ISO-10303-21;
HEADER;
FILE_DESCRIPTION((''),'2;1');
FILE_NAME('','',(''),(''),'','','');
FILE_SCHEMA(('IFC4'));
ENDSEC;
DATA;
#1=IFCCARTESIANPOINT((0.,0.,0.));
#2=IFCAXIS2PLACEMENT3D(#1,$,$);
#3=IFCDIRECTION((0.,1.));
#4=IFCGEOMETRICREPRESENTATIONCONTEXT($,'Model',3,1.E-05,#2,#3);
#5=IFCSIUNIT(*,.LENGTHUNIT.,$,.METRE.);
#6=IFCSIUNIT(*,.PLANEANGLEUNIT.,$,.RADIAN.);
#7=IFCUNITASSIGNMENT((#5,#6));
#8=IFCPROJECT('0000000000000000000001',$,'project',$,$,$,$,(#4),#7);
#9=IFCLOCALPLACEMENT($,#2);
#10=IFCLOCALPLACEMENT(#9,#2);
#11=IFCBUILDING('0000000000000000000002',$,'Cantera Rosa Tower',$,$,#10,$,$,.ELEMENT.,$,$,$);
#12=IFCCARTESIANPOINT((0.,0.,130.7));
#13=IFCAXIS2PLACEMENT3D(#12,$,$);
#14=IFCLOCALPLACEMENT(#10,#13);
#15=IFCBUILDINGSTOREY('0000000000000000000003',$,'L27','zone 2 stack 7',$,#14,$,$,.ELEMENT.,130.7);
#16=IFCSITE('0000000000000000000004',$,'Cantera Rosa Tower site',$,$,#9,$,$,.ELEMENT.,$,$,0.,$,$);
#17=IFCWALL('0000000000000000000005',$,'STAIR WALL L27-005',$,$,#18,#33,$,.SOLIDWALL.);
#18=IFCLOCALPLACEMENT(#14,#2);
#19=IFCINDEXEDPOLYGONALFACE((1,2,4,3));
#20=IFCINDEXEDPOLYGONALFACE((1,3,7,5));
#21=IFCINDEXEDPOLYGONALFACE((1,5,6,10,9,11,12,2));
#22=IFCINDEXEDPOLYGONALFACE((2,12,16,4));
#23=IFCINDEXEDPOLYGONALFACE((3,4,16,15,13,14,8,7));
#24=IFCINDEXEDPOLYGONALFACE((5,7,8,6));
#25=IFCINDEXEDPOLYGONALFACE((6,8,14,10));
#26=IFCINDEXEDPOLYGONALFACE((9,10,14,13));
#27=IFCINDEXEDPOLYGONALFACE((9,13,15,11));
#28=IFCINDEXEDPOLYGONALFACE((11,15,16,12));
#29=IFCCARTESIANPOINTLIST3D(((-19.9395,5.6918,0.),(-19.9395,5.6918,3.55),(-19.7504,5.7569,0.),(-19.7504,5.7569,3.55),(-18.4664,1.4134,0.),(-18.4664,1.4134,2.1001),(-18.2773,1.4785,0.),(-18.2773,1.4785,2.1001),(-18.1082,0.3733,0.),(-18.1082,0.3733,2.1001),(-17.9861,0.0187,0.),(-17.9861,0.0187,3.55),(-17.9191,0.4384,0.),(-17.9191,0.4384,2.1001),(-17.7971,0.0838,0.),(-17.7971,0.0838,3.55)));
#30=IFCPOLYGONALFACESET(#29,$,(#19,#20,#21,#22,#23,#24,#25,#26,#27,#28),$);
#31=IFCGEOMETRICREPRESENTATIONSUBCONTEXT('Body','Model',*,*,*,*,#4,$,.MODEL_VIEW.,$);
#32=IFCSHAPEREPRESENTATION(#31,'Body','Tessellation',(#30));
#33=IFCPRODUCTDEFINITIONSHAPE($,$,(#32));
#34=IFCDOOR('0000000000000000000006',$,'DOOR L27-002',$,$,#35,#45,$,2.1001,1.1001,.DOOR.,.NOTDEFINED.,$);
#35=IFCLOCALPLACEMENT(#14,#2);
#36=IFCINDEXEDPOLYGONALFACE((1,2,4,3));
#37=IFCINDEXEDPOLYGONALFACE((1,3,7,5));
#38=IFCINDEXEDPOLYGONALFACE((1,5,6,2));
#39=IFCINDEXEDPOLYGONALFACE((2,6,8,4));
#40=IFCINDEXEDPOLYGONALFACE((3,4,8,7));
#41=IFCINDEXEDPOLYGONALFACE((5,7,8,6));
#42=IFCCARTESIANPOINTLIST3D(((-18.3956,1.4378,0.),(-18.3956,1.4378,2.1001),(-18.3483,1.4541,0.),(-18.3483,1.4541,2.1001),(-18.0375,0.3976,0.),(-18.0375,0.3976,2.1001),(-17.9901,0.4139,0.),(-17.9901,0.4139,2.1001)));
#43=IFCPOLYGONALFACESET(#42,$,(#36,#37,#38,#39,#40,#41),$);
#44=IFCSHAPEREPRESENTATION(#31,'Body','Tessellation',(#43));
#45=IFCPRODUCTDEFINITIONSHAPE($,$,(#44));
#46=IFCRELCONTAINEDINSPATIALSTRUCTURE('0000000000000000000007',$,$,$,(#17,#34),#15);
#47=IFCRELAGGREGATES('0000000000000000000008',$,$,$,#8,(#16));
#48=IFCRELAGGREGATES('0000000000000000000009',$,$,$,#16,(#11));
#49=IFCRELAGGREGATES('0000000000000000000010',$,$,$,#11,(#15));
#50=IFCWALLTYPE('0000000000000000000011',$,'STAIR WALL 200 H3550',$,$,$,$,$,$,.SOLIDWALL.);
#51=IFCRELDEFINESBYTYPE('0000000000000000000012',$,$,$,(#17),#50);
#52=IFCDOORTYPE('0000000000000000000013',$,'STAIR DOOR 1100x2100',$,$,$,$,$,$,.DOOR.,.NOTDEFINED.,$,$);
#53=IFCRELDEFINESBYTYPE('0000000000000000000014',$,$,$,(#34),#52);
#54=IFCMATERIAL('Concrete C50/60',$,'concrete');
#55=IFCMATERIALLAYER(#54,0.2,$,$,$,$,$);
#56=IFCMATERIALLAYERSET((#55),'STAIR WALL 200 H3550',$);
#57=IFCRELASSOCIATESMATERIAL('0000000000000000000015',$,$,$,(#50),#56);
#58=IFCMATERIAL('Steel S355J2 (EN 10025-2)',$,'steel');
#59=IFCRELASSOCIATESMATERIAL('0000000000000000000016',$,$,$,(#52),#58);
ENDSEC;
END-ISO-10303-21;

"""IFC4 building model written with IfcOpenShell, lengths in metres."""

from ifc_helpers import new_model, si_unit, direction, frame, frame_2d, origin, place, context, subcontext, project, spatial, rectangle, extrude, material, layer, layer_set, type_object, element, fill, save


model = new_model("IFC4")

# Units and contexts
model_context = context("Model", 3, precision=1e-05, world=origin(), true_north=direction((0.0, 1.0)))
body_context = subcontext(model_context, "Body", "Model", "MODEL_VIEW")
ifc_project = project(units=[si_unit("LENGTHUNIT", "METRE"), si_unit("PLANEANGLEUNIT", "RADIAN")], contexts=[model_context])

# Site, building, storey
site_placement = place(None, origin())
site = spatial("IfcSite", under=ifc_project, at=site_placement, Name="Cantera Rosa Tower site", CompositionType="ELEMENT", RefElevation=0.0)
building_placement = place(site_placement, origin())
building = spatial("IfcBuilding", under=site, at=building_placement, Name="Cantera Rosa Tower", CompositionType="ELEMENT")
storey_placement = place(building_placement, frame((0.0, 0.0, 130.7)))
storey = spatial("IfcBuildingStorey", under=building, at=storey_placement, Name="L27", Description="zone 2 stack 7", CompositionType="ELEMENT", Elevation=130.7)

# Wall, opening, door
ifc_material_1 = material(Name="Concrete C50/60", Category="concrete")
ifc_layer_1 = layer(ifc_material_1, 0.2)
ifc_layer_set_1 = layer_set([ifc_layer_1], Name="STAIR WALL 200 H3550")
wall_type_1 = type_object("IfcWallType", Name="STAIR WALL 200 H3550", PredefinedType="SOLIDWALL", material=ifc_layer_set_1)
wall_1_placement = place(storey_placement, frame((-19.845, 5.7244, 0.0), z_axis=(0.0, 0.0, 1.0), x_axis=(0.325563, -0.94552, 0.0)))
wall_1 = element("IfcWall", 1, at=wall_1_placement, inside=storey, type_object=wall_type_1, Name="STAIR WALL L27-005", PredefinedType="SOLIDWALL", context=body_context, shape_type="SweptSolid", body=[
    extrude(rectangle(XDim=6.0, YDim=0.2, at=frame_2d((3.0, 0.0))), origin(), (0.0, 0.0, 1.0), 3.55),
])
opening_1_placement = place(wall_1_placement, frame((4.5249, 0.0, 0.0)))
opening_1 = element("IfcOpeningElement", 2, at=opening_1_placement, cuts=wall_1, PredefinedType="OPENING", context=body_context, shape_type="SweptSolid", body=[
    extrude(rectangle(XDim=1.1001, YDim=2.1001, at=frame_2d((0.55, 1.05))), frame((0.0, 0.1099, 0.0), z_axis=(0.0, -1.0, 0.0), x_axis=(1.0, 0.0, 0.0)), (0.0, 0.0, 1.0), 0.22),
])
ifc_material_2 = material(Name="Steel S355J2 (EN 10025-2)", Category="steel")
door_type_1 = type_object("IfcDoorType", Name="STAIR DOOR 1100x2100", OperationType="NOTDEFINED", PredefinedType="DOOR", material=ifc_material_2)
door_1_placement = place(opening_1_placement, origin())
door_1 = element("IfcDoor", 3, at=door_1_placement, inside=storey, type_object=door_type_1, Name="DOOR L27-002", OperationType="NOTDEFINED", OverallHeight=2.1001, OverallWidth=1.1001, PredefinedType="DOOR", context=body_context, shape_type="SweptSolid", body=[
    extrude(rectangle(XDim=1.1001, YDim=2.1001, at=frame_2d((0.55, 1.05))), frame((0.0, 0.0249, 0.0), z_axis=(0.0, -1.0, 0.0), x_axis=(1.0, 0.0, 0.0)), (0.0, 0.0, 1.0), 0.05),
])
fill(opening_1, door_1)

save(model, "model.ifc")
